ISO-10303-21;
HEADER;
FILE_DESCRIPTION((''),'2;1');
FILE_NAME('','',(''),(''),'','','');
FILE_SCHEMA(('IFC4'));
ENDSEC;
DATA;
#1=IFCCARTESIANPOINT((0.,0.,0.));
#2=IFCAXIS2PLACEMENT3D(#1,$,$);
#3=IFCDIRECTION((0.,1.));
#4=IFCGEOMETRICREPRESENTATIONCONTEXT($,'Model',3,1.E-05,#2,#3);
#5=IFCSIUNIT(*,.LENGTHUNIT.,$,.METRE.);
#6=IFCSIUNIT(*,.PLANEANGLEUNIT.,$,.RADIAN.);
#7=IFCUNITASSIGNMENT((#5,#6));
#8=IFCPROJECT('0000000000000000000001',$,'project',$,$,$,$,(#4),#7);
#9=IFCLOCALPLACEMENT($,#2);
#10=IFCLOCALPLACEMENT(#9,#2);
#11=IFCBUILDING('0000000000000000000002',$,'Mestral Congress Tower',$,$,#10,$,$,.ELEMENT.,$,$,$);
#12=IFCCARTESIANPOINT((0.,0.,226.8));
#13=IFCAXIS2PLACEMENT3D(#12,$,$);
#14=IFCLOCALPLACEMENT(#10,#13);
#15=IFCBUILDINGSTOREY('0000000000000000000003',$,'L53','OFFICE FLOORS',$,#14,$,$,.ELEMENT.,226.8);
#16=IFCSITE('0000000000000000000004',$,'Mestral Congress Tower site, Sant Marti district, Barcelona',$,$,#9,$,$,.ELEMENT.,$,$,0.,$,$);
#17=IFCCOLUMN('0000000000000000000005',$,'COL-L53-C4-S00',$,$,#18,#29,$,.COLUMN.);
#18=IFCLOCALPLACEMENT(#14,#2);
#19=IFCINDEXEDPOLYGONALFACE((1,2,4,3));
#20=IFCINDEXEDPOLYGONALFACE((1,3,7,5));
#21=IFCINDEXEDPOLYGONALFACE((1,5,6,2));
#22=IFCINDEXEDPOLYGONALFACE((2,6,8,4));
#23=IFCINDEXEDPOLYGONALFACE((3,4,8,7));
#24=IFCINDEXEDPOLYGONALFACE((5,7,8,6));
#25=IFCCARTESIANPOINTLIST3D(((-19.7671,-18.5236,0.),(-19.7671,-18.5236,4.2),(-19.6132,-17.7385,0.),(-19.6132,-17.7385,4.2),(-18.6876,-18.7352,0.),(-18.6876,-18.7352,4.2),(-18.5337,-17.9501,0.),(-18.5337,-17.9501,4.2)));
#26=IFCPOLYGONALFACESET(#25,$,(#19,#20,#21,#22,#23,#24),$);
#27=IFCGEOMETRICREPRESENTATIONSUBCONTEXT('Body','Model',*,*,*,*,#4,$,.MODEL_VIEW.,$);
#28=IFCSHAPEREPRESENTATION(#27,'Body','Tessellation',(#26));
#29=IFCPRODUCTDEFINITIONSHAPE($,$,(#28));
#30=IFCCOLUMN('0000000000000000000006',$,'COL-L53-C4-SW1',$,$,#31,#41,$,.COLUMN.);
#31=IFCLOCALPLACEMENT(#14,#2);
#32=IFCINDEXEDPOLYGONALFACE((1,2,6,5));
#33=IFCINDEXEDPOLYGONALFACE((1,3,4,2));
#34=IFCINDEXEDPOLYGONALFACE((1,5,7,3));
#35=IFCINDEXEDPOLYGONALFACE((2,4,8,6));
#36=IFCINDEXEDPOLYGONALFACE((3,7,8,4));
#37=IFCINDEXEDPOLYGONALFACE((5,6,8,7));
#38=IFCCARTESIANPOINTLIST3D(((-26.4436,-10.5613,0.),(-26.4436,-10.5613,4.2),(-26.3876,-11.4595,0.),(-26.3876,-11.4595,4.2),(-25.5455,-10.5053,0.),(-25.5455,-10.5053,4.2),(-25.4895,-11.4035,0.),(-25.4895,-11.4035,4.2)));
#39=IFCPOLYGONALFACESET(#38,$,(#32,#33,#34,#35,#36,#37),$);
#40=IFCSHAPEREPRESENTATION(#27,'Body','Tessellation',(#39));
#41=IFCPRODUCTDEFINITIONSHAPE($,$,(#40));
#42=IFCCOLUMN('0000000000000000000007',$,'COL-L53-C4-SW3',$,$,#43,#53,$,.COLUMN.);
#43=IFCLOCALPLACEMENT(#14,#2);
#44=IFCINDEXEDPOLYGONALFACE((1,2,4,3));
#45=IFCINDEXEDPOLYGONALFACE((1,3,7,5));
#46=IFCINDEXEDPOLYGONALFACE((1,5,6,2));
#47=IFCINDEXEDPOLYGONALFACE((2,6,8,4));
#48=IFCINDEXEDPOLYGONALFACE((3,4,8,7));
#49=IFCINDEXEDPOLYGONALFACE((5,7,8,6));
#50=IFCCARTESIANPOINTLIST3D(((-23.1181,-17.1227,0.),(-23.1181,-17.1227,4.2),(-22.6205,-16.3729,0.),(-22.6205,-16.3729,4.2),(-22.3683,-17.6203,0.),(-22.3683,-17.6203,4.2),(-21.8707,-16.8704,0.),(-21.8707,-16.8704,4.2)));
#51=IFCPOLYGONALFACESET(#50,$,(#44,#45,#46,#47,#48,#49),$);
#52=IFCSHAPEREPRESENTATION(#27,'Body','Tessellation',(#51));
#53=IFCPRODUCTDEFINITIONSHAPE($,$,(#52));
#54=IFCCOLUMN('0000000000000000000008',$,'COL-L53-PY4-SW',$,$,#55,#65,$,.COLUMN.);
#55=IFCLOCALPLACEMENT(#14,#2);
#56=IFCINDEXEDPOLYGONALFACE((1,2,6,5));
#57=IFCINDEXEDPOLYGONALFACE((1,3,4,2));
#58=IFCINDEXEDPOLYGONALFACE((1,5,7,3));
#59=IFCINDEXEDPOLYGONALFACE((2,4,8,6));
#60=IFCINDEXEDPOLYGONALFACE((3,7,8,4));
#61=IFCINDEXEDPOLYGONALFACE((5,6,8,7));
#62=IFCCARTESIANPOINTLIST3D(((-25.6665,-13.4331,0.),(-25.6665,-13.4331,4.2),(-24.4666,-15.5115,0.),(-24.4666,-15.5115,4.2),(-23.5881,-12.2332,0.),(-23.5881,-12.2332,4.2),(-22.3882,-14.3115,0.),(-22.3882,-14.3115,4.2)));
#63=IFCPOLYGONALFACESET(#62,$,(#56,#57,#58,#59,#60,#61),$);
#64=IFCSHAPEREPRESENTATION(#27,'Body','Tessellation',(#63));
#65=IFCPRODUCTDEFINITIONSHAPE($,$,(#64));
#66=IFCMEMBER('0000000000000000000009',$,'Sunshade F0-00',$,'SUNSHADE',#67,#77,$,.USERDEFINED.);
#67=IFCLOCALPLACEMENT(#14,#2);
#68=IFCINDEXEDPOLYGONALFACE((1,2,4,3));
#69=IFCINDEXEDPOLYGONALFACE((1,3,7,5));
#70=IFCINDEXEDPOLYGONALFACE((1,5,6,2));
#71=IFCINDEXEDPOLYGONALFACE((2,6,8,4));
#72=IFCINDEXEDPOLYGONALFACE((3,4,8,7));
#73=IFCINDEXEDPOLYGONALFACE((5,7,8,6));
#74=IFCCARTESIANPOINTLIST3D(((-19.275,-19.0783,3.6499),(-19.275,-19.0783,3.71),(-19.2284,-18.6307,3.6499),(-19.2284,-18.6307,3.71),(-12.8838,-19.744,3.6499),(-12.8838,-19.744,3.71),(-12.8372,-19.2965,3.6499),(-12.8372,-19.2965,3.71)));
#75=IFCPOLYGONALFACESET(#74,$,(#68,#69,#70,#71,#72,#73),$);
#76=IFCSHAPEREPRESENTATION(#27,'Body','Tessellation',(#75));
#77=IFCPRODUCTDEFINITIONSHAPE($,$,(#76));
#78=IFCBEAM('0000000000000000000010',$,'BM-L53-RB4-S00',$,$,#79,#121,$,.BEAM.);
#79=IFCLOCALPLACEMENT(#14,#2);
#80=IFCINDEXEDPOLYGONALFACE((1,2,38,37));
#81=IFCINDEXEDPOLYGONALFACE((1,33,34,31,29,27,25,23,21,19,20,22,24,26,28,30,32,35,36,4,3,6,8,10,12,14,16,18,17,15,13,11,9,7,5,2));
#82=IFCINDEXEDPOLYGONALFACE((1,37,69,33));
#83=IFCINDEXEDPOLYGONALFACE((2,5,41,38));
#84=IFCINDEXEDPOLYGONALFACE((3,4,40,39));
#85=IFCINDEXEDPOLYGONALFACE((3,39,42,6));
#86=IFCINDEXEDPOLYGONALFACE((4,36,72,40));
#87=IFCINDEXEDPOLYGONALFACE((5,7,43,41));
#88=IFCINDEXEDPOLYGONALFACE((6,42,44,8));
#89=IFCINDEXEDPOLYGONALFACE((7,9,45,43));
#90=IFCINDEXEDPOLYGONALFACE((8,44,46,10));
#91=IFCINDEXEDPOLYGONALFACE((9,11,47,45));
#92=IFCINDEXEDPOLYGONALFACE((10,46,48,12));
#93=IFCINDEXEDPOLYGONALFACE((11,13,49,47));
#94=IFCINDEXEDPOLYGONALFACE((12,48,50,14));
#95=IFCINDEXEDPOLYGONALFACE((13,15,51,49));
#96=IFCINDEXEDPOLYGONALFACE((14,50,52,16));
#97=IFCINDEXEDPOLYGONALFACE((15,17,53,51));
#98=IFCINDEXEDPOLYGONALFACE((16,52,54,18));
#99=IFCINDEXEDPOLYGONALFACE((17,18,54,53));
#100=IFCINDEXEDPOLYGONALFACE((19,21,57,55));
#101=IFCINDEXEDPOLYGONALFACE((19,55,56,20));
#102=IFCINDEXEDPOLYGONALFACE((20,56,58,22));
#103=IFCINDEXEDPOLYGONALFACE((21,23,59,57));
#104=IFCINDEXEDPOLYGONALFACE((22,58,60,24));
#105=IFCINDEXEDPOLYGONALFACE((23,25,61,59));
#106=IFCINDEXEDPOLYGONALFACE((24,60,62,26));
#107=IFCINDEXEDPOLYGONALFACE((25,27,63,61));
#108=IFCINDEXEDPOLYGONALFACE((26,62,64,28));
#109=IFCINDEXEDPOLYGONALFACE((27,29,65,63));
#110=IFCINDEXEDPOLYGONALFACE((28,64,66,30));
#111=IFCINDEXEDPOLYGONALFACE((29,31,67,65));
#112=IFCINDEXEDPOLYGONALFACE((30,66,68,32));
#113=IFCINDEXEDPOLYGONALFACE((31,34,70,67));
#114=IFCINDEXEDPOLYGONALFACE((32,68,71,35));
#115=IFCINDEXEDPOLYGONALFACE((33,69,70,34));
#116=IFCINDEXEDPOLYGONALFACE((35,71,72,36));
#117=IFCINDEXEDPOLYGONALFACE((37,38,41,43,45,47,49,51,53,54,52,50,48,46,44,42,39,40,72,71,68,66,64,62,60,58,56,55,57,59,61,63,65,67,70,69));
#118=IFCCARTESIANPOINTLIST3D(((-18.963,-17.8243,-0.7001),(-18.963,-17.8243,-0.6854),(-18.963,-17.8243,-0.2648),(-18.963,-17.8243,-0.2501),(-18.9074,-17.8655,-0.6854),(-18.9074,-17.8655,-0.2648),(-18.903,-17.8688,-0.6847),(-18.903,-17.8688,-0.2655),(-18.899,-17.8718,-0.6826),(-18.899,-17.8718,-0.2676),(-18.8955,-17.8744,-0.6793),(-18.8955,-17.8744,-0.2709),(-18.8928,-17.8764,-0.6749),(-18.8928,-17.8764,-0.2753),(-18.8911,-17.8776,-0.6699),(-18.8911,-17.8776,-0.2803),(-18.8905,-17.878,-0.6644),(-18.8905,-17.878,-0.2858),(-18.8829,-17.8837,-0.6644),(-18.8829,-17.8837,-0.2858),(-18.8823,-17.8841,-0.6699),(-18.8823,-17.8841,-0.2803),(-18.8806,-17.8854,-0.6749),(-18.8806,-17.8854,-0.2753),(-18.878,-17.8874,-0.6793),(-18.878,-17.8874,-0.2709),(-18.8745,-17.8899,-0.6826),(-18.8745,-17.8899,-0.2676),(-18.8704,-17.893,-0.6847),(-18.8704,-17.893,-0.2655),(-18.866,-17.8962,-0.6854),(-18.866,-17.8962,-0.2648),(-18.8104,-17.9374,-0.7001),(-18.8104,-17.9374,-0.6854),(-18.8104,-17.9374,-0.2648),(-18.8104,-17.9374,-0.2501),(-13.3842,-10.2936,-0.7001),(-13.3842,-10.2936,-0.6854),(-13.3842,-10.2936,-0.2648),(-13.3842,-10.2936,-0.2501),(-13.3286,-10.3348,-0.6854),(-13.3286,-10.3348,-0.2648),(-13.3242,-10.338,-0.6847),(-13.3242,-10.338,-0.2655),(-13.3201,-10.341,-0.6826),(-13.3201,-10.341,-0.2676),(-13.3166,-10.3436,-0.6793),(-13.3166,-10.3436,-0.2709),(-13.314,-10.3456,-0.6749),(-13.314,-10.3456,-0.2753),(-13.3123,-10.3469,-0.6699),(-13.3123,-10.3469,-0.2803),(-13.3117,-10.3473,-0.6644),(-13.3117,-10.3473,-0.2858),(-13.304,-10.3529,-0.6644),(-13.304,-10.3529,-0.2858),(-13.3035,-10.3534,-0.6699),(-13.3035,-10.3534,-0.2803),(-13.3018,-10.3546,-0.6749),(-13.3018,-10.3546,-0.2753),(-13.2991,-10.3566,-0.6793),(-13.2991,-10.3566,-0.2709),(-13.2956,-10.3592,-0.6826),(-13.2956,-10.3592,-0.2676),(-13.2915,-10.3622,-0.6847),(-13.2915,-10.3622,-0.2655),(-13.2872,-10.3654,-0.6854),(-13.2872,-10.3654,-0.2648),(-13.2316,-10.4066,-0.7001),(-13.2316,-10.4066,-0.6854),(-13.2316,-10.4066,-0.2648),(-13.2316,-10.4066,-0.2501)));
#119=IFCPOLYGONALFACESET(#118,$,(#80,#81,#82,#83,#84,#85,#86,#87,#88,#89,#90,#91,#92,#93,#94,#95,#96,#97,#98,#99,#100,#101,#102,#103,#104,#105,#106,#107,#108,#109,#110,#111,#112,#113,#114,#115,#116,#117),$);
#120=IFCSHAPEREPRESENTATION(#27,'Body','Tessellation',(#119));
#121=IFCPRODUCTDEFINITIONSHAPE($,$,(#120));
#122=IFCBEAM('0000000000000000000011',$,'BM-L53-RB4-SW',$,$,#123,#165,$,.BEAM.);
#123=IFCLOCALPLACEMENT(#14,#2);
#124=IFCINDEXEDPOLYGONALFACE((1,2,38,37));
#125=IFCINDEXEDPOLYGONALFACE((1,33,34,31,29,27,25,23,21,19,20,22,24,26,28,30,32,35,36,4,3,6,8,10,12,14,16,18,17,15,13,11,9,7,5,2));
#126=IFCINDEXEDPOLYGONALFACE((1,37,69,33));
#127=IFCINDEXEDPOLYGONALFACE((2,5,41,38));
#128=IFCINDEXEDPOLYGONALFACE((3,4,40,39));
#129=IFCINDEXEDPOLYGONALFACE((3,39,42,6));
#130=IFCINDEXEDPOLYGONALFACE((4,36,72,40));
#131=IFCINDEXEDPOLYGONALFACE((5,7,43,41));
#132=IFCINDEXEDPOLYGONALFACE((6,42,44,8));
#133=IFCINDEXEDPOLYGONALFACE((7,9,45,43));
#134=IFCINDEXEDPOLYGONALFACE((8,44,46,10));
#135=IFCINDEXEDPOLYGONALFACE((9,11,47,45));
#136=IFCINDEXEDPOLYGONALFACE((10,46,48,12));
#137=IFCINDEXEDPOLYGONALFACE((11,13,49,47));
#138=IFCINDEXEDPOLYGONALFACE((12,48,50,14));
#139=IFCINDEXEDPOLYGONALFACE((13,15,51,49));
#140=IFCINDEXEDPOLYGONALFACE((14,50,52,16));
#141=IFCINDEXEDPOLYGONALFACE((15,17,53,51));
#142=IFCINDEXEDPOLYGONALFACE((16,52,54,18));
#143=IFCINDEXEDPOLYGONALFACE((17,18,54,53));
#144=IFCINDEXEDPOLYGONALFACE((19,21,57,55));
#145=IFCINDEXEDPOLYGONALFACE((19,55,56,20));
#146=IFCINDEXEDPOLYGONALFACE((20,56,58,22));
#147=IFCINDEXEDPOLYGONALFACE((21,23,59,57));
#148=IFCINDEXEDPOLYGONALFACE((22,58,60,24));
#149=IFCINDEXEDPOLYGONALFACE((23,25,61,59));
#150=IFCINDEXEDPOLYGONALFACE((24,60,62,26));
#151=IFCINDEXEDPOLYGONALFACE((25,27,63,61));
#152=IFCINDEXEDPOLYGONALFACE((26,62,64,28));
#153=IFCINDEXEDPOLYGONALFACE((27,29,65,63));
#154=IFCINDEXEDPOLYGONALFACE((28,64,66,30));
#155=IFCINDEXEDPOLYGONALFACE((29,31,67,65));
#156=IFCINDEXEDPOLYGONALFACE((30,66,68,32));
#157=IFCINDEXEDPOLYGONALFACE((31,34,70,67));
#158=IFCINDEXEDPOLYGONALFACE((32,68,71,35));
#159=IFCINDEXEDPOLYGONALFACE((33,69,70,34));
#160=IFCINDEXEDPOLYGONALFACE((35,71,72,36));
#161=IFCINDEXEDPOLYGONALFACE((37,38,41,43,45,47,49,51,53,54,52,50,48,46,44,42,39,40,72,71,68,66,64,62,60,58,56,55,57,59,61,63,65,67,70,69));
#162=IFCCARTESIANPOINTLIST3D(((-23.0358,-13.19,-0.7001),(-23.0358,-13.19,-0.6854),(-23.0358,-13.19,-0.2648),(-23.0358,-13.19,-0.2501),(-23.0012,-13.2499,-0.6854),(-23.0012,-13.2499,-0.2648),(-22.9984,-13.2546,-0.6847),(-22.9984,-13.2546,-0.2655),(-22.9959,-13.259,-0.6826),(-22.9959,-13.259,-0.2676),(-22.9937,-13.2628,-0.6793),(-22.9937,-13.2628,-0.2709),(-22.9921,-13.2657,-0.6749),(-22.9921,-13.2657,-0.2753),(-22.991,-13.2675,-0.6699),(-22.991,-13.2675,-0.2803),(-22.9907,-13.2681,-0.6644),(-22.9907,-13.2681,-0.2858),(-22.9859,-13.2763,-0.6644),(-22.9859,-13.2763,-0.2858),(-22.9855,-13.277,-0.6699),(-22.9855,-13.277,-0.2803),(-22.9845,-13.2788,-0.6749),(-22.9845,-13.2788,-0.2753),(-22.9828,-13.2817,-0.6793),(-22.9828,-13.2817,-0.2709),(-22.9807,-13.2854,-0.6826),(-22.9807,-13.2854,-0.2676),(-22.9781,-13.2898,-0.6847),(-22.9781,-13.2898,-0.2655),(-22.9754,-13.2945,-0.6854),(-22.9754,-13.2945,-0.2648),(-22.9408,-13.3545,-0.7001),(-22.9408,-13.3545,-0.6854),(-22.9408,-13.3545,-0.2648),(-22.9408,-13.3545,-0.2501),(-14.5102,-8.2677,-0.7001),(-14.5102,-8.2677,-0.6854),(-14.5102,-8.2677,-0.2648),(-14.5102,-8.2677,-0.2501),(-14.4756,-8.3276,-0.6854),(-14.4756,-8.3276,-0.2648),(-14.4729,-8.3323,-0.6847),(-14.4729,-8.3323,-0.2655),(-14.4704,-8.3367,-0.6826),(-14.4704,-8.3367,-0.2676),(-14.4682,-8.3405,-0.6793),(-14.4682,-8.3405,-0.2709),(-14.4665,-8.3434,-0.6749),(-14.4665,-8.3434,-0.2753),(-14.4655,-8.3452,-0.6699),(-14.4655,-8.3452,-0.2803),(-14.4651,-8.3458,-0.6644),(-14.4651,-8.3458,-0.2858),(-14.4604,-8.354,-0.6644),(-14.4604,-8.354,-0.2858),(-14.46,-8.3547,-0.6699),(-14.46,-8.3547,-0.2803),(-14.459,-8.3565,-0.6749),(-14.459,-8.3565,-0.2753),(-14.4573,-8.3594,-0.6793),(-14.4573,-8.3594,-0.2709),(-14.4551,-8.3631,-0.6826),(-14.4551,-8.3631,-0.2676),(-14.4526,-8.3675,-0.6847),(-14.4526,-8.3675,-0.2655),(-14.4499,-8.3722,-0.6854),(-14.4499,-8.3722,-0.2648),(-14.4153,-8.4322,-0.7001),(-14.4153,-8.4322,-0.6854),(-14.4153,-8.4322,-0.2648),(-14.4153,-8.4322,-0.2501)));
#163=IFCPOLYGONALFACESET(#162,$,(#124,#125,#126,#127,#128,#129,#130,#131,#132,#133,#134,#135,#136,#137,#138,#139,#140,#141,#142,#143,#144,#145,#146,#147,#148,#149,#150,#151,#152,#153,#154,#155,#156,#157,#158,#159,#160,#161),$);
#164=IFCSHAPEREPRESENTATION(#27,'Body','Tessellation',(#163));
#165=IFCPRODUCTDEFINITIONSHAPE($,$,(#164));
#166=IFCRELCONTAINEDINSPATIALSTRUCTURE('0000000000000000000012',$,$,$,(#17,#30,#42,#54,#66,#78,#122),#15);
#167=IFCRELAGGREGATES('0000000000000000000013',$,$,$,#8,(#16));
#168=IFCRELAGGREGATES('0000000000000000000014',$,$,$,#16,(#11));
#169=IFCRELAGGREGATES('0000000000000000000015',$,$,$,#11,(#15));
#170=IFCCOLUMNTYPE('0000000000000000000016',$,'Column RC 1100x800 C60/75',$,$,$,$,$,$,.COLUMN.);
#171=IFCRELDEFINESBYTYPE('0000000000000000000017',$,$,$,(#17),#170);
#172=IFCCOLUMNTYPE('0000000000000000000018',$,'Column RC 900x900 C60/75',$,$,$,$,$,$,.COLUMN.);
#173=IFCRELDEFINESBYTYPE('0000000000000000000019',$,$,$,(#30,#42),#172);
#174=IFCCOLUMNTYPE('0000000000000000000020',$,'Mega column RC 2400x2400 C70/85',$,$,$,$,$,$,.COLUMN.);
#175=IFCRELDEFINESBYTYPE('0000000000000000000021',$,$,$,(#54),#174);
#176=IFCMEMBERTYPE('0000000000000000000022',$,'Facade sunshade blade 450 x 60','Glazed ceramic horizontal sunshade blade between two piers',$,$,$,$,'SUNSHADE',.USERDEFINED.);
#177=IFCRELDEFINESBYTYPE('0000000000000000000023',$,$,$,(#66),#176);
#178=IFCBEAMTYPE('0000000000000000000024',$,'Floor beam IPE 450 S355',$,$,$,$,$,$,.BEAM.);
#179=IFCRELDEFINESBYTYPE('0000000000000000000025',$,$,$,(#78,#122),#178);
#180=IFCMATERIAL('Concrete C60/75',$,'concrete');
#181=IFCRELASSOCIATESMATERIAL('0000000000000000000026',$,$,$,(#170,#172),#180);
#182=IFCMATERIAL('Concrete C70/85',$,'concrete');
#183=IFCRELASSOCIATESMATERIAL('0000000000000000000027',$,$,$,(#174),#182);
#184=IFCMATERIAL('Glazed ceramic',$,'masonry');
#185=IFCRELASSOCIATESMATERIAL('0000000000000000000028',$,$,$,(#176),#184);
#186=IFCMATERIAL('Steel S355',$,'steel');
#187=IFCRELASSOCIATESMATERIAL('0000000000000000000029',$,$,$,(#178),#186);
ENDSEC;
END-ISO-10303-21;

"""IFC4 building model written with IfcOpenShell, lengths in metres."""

from ifc_helpers import new_model, si_unit, direction, frame, origin, origin_2d, place, context, subcontext, project, spatial, rectangle, i_section, extrude, material, material_profile, profile_set, type_object, element, save


model = new_model("IFC4")

# Units and contexts
model_context = context("Model", 3, precision=1e-05, world=origin(), true_north=direction((0.0, 1.0)))
body_context = subcontext(model_context, "Body", "Model", "MODEL_VIEW")
ifc_project = project(units=[si_unit("LENGTHUNIT", "METRE"), si_unit("PLANEANGLEUNIT", "RADIAN")], contexts=[model_context])

# Site, building, storey
site_placement = place(None, origin())
site = spatial("IfcSite", under=ifc_project, at=site_placement, Name="Mestral Congress Tower site, Sant Marti district, Barcelona", CompositionType="ELEMENT", RefElevation=0.0)
building_placement = place(site_placement, origin())
building = spatial("IfcBuilding", under=site, at=building_placement, Name="Mestral Congress Tower", CompositionType="ELEMENT")
storey_placement = place(building_placement, frame((0.0, 0.0, 226.8)))
storey = spatial("IfcBuildingStorey", under=building, at=storey_placement, Name="L53", Description="OFFICE FLOORS", CompositionType="ELEMENT", Elevation=226.8)

# Columns
ifc_material_1 = material(Name="Concrete C60/75", Category="concrete")
ifc_material_profile_1 = material_profile(ifc_material_1, rectangle(XDim=1.1001, YDim=0.8, at=origin_2d()), Name="RC 1100x800")
ifc_profile_set_1 = profile_set([ifc_material_profile_1], Name="Concrete C60/75")
column_type_1 = type_object("IfcColumnType", Name="Column RC 1100x800 C60/75", PredefinedType="COLUMN", material=ifc_profile_set_1)
column_1_placement = place(storey_placement, frame((-19.1504, -18.2368, 0.0), z_axis=(0.0, 0.0, 1.0), x_axis=(0.981325, -0.192359, 0.0)))
element("IfcColumn", 1, at=column_1_placement, inside=storey, type_object=column_type_1, Name="COL-L53-C4-S00", PredefinedType="COLUMN", context=body_context, shape_type="SweptSolid", body=[
    extrude(rectangle(XDim=1.1001, YDim=0.8, at=origin_2d()), origin(), (0.0, 0.0, 1.0), 4.2),
])
ifc_material_profile_2 = material_profile(ifc_material_1, rectangle(XDim=0.8999, YDim=0.8999, at=origin_2d()), Name="RC 900x900")
ifc_profile_set_2 = profile_set([ifc_material_profile_2], Name="Concrete C60/75")
column_type_2 = type_object("IfcColumnType", Name="Column RC 900x900 C60/75", PredefinedType="COLUMN", material=ifc_profile_set_2)
for number, where, z_axis, x_axis, name in (
    (2, (-25.9666, -10.9824, 0.0), (0.0, 0.0, 1.0), (0.062217, -0.998063, 0.0), "COL-L53-C4-SW1"),
    (3, (-22.4944, -16.9966, 0.0), (0.0, 0.0, 1.0), (0.833239, -0.552913, 0.0), "COL-L53-C4-SW3"),
):
    element("IfcColumn", number, at=place(storey_placement, frame(where, z_axis=z_axis, x_axis=x_axis)), inside=storey, type_object=column_type_2, Name=name, PredefinedType="COLUMN", context=body_context, shape_type="SweptSolid", body=[
        extrude(rectangle(XDim=0.8999, YDim=0.8999, at=origin_2d()), origin(), (0.0, 0.0, 1.0), 4.2),
    ])
ifc_material_2 = material(Name="Concrete C70/85", Category="concrete")
ifc_material_profile_3 = material_profile(ifc_material_2, rectangle(XDim=2.3999, YDim=2.3999, at=origin_2d()), Name="RC 2400x2400")
ifc_profile_set_3 = profile_set([ifc_material_profile_3], Name="Concrete C70/85")
column_type_3 = type_object("IfcColumnType", Name="Mega column RC 2400x2400 C70/85", PredefinedType="COLUMN", material=ifc_profile_set_3)
column_2_placement = place(storey_placement, frame((-24.0273, -13.8723, 0.0), z_axis=(0.0, 0.0, 1.0), x_axis=(-0.866025, -0.5, 0.0)))
element("IfcColumn", 4, at=column_2_placement, inside=storey, type_object=column_type_3, Name="COL-L53-PY4-SW", PredefinedType="COLUMN", context=body_context, shape_type="SweptSolid", body=[
    extrude(rectangle(XDim=2.3999, YDim=2.3999, at=origin_2d()), origin(), (0.0, 0.0, 1.0), 4.2),
])

# Member
ifc_material_3 = material(Name="Glazed ceramic", Category="masonry")
ifc_material_profile_4 = material_profile(ifc_material_3, rectangle(XDim=0.45, YDim=0.0601, at=origin_2d()), Name="Ceramic blade 450 x 60")
ifc_profile_set_4 = profile_set([ifc_material_profile_4], Name="Glazed ceramic")
member_type = type_object("IfcMemberType", Name="Facade sunshade blade 450 x 60", Description="Glazed ceramic horizontal sunshade blade between two piers", ElementType="SUNSHADE", PredefinedType="USERDEFINED", material=ifc_profile_set_4)
member_placement = place(storey_placement, frame((-19.2517, -18.8545, 3.6799), z_axis=(0.994618, -0.103611, 0.0), x_axis=(0.103611, 0.994618, 0.0)))
element("IfcMember", 5, at=member_placement, inside=storey, type_object=member_type, Name="Sunshade F0-00", ObjectType="SUNSHADE", PredefinedType="USERDEFINED", context=body_context, shape_type="SweptSolid", body=[
    extrude(rectangle(XDim=0.45, YDim=0.0601, at=origin_2d()), origin(), (0.0, 0.0, 1.0), 6.4258),
])

# Beams
ifc_material_4 = material(Name="Steel S355", Category="steel")
ifc_material_profile_5 = material_profile(ifc_material_4, i_section(OverallWidth=0.1899, OverallDepth=0.45, WebThickness=0.0095, FlangeThickness=0.0146, FilletRadius=0.021, at=origin_2d()), Name="IPE 450")
ifc_profile_set_5 = profile_set([ifc_material_profile_5], Name="Steel S355")
beam_type_1 = type_object("IfcBeamType", Name="Floor beam IPE 450 S355", PredefinedType="BEAM", material=ifc_profile_set_5)
beam_1_placement = place(storey_placement, frame((-18.8867, -17.8809, -0.4751), z_axis=(0.595263, 0.803531, 0.0), x_axis=(-0.803531, 0.595263, 0.0)))
element("IfcBeam", 6, at=beam_1_placement, inside=storey, type_object=beam_type_1, Name="BM-L53-RB4-S00", PredefinedType="BEAM", context=body_context, shape_type="SweptSolid", body=[
    extrude(i_section(OverallWidth=0.1899, OverallDepth=0.45, WebThickness=0.0095, FlangeThickness=0.0146, FilletRadius=0.021, at=origin_2d()), origin(), (0.0, 0.0, 1.0), 9.3721),
])
beam_2_placement = place(storey_placement, frame((-22.9883, -13.2722, -0.4751), z_axis=(0.866022, 0.500007, 0.0), x_axis=(-0.500007, 0.866022, 0.0)))
element("IfcBeam", 7, at=beam_2_placement, inside=storey, type_object=beam_type_1, Name="BM-L53-RB4-SW", PredefinedType="BEAM", context=body_context, shape_type="SweptSolid", body=[
    extrude(i_section(OverallWidth=0.1899, OverallDepth=0.45, WebThickness=0.0095, FlangeThickness=0.0146, FilletRadius=0.021, at=origin_2d()), origin(), (0.0, 0.0, 1.0), 9.8445),
])

save(model, "model.ifc")
